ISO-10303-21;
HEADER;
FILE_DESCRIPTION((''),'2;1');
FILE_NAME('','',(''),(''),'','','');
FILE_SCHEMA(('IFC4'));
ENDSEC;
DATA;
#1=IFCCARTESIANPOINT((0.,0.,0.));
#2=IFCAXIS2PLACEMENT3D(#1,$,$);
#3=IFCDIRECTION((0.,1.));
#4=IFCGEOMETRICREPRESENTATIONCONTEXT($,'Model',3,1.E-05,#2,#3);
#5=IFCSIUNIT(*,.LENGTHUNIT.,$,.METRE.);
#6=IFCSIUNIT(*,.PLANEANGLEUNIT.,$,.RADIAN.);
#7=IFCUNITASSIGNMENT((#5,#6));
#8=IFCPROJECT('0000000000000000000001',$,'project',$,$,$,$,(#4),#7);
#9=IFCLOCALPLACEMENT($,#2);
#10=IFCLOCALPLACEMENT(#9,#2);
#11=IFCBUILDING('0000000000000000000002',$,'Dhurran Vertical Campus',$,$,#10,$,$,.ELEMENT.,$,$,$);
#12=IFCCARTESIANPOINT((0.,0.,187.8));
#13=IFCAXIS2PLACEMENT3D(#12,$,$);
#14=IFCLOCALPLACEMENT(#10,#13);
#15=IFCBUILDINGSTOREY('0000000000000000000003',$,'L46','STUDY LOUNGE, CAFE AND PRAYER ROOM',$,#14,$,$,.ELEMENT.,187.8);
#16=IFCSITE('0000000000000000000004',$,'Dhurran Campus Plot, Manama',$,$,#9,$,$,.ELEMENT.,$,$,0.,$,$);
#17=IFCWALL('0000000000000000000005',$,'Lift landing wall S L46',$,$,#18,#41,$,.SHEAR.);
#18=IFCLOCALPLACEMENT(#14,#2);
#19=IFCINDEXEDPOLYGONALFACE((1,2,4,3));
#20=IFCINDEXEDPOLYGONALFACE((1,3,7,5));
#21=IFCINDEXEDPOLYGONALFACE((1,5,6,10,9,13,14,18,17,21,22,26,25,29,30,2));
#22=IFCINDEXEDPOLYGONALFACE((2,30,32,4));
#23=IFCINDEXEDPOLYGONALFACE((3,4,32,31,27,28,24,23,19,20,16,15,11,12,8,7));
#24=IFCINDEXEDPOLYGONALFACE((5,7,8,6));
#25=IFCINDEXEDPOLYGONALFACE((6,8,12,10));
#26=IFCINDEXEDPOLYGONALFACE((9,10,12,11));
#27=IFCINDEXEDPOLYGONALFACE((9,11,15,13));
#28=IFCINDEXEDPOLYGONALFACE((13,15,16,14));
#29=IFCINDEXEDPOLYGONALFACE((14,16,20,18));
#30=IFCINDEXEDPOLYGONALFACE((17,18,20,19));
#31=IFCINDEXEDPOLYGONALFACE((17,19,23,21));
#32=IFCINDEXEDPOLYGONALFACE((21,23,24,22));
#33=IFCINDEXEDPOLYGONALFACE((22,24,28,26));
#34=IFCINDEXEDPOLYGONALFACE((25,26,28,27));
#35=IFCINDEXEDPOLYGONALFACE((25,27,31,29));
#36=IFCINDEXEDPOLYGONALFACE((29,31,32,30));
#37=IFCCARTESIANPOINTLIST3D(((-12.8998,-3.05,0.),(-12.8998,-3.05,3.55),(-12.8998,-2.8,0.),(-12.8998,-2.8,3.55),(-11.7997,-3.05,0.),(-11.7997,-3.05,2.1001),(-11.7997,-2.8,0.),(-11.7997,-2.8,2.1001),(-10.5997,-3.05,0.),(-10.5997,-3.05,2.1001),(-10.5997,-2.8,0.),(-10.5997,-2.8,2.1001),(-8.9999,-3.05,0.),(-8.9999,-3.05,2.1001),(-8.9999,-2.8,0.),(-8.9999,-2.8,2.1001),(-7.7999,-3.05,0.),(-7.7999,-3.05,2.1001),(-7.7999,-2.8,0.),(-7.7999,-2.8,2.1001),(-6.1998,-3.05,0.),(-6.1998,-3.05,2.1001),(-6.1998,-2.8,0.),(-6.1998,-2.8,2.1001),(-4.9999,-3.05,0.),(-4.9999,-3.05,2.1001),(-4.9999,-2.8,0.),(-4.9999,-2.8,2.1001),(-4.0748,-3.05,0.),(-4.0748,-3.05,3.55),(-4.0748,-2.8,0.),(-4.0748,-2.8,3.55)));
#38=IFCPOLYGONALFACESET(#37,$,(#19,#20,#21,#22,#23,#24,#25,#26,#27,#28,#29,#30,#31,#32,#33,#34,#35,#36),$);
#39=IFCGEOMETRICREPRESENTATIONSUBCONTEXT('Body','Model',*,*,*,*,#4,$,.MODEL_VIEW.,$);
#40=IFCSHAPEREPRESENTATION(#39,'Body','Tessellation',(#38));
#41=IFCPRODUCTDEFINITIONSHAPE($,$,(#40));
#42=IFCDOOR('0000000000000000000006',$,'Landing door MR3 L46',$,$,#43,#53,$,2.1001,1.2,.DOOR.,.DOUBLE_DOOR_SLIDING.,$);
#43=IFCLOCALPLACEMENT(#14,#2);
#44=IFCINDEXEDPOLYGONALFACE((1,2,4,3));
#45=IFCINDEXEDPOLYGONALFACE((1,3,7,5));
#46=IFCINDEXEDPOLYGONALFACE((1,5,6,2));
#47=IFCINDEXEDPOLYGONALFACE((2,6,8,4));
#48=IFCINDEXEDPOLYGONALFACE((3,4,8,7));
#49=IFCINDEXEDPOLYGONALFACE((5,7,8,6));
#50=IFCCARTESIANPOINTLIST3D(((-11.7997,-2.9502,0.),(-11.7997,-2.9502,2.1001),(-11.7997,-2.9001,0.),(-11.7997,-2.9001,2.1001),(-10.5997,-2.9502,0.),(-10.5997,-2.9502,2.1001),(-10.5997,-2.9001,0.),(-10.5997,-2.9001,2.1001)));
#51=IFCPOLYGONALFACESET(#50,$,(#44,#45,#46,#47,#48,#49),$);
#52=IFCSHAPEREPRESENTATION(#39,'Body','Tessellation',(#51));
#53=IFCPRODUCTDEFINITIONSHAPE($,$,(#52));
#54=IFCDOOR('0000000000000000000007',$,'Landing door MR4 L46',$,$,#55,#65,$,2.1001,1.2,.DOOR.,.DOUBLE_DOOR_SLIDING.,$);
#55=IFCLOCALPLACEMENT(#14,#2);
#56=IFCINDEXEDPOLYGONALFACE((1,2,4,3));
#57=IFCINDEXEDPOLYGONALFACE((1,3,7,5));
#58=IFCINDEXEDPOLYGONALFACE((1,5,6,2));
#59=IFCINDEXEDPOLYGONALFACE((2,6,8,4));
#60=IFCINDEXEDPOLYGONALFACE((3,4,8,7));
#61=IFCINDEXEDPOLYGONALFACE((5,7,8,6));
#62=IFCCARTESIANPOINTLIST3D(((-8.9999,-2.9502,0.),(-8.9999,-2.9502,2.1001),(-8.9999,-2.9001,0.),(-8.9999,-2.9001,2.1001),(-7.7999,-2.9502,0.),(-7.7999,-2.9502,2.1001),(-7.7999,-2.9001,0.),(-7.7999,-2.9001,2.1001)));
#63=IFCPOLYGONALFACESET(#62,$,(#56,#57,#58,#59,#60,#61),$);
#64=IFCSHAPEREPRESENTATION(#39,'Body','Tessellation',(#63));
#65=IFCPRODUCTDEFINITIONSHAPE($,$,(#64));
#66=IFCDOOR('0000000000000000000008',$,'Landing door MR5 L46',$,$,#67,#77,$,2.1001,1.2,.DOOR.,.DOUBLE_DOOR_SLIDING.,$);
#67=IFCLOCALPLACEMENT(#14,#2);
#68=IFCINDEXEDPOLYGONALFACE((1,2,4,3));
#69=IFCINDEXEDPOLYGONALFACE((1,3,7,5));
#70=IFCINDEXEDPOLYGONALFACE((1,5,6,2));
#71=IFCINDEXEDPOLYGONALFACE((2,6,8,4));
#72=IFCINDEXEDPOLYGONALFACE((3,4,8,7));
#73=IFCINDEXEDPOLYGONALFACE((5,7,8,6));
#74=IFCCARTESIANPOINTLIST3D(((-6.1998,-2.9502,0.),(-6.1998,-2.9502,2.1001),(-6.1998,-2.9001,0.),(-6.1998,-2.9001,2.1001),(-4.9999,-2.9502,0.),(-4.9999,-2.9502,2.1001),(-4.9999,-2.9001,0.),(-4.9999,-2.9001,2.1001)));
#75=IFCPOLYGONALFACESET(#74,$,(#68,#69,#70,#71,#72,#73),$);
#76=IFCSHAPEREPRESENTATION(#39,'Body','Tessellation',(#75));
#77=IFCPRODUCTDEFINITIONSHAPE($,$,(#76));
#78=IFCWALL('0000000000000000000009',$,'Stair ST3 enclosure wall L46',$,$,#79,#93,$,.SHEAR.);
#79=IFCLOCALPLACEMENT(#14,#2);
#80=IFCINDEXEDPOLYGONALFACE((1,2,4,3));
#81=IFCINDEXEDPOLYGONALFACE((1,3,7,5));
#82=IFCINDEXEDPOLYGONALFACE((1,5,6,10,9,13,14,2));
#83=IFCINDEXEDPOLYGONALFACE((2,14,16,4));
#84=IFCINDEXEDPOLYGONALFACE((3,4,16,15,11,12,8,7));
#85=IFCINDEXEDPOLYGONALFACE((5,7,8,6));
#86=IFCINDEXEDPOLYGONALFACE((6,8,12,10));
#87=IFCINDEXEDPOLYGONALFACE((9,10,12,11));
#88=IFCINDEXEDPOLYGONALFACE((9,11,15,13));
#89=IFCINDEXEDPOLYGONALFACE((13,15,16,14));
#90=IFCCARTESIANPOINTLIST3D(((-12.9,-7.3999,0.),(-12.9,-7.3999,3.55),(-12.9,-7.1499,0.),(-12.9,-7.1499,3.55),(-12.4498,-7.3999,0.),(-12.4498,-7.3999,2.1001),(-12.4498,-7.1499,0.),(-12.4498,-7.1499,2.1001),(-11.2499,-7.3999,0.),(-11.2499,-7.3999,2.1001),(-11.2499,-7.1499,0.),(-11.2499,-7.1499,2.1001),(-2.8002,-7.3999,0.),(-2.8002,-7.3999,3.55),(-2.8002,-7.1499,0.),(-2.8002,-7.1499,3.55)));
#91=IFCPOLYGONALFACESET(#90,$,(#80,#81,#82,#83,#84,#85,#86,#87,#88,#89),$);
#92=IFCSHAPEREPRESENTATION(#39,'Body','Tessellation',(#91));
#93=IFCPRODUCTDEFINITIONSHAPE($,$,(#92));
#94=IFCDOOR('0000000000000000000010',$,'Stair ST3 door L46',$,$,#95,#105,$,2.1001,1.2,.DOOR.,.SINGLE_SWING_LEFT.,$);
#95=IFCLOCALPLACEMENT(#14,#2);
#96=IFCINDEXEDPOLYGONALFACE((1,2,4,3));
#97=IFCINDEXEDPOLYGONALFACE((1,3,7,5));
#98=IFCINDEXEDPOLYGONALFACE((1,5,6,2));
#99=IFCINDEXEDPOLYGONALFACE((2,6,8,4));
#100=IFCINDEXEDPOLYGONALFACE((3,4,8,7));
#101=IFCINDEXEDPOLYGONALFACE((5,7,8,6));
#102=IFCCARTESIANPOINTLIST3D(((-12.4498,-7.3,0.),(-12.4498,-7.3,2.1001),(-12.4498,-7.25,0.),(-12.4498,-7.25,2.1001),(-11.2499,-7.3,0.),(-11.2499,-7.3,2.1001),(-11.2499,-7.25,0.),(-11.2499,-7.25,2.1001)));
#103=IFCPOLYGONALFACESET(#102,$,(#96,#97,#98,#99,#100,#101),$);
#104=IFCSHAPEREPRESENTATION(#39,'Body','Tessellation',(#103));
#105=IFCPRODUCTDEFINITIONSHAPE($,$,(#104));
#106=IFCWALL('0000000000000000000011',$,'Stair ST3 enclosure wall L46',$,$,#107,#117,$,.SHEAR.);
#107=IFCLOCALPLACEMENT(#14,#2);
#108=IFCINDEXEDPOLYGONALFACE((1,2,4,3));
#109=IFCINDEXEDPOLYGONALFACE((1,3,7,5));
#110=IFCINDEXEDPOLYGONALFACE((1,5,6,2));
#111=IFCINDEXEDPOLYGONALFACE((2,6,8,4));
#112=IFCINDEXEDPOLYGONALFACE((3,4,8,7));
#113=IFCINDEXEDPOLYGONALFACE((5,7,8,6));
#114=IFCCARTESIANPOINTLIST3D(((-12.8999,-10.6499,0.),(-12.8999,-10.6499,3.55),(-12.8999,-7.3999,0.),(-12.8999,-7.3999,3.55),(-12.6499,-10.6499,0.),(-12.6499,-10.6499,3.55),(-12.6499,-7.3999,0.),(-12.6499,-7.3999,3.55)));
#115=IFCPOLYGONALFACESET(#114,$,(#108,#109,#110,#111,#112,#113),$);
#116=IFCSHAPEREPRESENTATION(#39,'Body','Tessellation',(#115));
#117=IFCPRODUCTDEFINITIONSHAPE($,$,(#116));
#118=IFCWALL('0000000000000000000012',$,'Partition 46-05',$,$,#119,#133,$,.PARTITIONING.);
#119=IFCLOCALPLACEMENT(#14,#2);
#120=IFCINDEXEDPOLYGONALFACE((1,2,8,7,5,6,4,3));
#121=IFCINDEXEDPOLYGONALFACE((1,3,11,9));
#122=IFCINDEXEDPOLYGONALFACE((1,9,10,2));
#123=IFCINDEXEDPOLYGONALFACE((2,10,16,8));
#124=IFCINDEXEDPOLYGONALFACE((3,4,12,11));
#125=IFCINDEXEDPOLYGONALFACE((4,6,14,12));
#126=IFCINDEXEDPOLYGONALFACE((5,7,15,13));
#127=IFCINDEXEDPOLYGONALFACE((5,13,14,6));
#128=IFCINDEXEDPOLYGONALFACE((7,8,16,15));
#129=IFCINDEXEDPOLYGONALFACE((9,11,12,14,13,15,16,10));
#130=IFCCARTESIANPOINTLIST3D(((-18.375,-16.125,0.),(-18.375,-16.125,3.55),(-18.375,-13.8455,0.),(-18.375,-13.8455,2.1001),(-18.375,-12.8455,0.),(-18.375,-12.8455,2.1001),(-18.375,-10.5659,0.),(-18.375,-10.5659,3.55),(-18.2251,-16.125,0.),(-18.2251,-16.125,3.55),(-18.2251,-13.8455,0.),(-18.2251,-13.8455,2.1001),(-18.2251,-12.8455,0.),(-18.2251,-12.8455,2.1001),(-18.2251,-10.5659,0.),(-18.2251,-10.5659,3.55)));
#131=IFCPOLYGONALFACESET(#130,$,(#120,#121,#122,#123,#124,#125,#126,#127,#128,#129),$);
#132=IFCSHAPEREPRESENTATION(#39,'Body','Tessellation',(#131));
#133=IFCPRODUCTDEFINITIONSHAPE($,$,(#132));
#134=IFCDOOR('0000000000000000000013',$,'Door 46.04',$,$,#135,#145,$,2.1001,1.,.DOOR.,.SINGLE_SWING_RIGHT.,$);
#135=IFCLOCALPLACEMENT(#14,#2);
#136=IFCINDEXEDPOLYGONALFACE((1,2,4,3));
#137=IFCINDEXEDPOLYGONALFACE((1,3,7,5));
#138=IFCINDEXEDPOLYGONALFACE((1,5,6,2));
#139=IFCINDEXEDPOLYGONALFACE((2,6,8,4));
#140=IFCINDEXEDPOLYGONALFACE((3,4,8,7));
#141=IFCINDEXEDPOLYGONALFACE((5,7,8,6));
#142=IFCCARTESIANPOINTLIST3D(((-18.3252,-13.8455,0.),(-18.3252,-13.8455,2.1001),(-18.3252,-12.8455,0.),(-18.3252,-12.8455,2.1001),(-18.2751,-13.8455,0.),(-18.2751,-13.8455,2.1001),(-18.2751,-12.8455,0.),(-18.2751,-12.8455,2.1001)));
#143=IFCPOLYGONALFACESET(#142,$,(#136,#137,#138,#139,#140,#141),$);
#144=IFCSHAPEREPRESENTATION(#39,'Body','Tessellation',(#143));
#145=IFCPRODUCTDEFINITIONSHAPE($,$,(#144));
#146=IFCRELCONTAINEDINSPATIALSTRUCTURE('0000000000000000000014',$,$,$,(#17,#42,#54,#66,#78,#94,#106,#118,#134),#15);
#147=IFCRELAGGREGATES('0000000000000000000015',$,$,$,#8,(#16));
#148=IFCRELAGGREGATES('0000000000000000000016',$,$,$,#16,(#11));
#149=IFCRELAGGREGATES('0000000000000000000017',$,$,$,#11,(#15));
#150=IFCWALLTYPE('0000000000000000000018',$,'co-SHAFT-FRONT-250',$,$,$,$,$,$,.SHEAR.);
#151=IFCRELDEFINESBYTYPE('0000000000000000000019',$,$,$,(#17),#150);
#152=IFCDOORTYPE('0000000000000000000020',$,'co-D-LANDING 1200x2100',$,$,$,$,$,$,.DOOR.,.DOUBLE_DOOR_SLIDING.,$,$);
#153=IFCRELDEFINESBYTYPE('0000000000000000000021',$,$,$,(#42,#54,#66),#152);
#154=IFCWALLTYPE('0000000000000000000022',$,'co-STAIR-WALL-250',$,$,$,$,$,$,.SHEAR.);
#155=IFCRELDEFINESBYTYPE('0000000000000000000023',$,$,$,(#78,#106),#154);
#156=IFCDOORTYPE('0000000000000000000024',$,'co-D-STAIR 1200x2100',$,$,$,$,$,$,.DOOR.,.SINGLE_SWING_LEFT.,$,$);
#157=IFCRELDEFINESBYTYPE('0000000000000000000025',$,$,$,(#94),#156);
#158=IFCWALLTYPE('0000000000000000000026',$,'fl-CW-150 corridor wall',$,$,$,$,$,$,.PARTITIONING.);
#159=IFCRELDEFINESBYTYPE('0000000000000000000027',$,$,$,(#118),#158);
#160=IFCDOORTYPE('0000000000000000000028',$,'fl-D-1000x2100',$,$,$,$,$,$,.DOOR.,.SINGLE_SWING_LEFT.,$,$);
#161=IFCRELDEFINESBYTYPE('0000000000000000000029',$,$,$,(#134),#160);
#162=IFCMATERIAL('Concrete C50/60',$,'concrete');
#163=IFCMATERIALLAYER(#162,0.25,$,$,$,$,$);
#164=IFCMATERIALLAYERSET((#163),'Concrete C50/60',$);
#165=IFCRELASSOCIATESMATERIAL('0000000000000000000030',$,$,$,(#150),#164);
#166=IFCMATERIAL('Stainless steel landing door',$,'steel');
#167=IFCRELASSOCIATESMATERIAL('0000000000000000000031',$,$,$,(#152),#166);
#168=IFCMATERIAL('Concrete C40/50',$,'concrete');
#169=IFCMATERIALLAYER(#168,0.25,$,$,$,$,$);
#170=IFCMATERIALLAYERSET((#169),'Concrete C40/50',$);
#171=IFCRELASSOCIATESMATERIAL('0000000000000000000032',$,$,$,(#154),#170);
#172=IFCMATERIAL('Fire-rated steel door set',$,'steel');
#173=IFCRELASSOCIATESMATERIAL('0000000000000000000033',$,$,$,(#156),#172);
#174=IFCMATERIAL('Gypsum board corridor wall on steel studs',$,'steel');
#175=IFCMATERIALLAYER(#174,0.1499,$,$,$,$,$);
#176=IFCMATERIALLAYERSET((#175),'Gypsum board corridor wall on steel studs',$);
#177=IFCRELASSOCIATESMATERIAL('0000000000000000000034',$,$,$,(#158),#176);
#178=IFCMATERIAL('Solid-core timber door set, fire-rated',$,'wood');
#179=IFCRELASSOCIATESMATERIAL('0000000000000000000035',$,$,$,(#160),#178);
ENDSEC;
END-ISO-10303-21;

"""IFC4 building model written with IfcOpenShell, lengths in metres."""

from ifc_helpers import new_model, si_unit, direction, frame, frame_2d, origin, place, context, subcontext, project, spatial, rectangle, extrude, material, layer, layer_set, type_object, element, fill, save


model = new_model("IFC4")

# Units and contexts
model_context = context("Model", 3, precision=1e-05, world=origin(), true_north=direction((0.0, 1.0)))
body_context = subcontext(model_context, "Body", "Model", "MODEL_VIEW")
ifc_project = project(units=[si_unit("LENGTHUNIT", "METRE"), si_unit("PLANEANGLEUNIT", "RADIAN")], contexts=[model_context])

# Site, building, storey
site_placement = place(None, origin())
site = spatial("IfcSite", under=ifc_project, at=site_placement, Name="Dhurran Campus Plot, Manama", CompositionType="ELEMENT", RefElevation=0.0)
building_placement = place(site_placement, origin())
building = spatial("IfcBuilding", under=site, at=building_placement, Name="Dhurran Vertical Campus", CompositionType="ELEMENT")
storey_placement = place(building_placement, frame((0.0, 0.0, 187.8)))
storey = spatial("IfcBuildingStorey", under=building, at=storey_placement, Name="L46", Description="STUDY LOUNGE, CAFE AND PRAYER ROOM", CompositionType="ELEMENT", Elevation=187.8)

# Wall, openings, doors
ifc_material_1 = material(Name="Concrete C50/60", Category="concrete")
ifc_layer_1 = layer(ifc_material_1, 0.25)
ifc_layer_set_1 = layer_set([ifc_layer_1], Name="Concrete C50/60")
wall_type_1 = type_object("IfcWallType", Name="co-SHAFT-FRONT-250", PredefinedType="SHEAR", material=ifc_layer_set_1)
wall_1_placement = place(storey_placement, frame((-12.8999, -2.925, 0.0), z_axis=(0.0, 0.0, 1.0), x_axis=(1.0, 0.0, 0.0)))
wall_1 = element("IfcWall", 1, at=wall_1_placement, inside=storey, type_object=wall_type_1, Name="Lift landing wall S L46", PredefinedType="SHEAR", context=body_context, shape_type="SweptSolid", body=[
    extrude(rectangle(XDim=8.825, YDim=0.25, at=frame_2d((4.4126, 0.0))), origin(), (0.0, 0.0, 1.0), 3.55),
])
opening_1_placement = place(wall_1_placement, frame((1.1001, 0.0, 0.0)))
opening_1 = element("IfcOpeningElement", 2, at=opening_1_placement, cuts=wall_1, PredefinedType="OPENING", context=body_context, shape_type="SweptSolid", body=[
    extrude(rectangle(XDim=1.2, YDim=2.1001, at=frame_2d((0.6001, 1.05))), frame((0.0, 0.135, 0.0), z_axis=(0.0, -1.0, 0.0), x_axis=(1.0, 0.0, 0.0)), (0.0, 0.0, 1.0), 0.27),
])
opening_2_placement = place(wall_1_placement, frame((3.8999, 0.0, 0.0)))
opening_2 = element("IfcOpeningElement", 3, at=opening_2_placement, cuts=wall_1, PredefinedType="OPENING", context=body_context, shape_type="SweptSolid", body=[
    extrude(rectangle(XDim=1.2, YDim=2.1001, at=frame_2d((0.6001, 1.05))), frame((0.0, 0.135, 0.0), z_axis=(0.0, -1.0, 0.0), x_axis=(1.0, 0.0, 0.0)), (0.0, 0.0, 1.0), 0.27),
])
opening_3_placement = place(wall_1_placement, frame((6.7, 0.0, 0.0)))
opening_3 = element("IfcOpeningElement", 4, at=opening_3_placement, cuts=wall_1, PredefinedType="OPENING", context=body_context, shape_type="SweptSolid", body=[
    extrude(rectangle(XDim=1.2, YDim=2.1001, at=frame_2d((0.6001, 1.05))), frame((0.0, 0.135, 0.0), z_axis=(0.0, -1.0, 0.0), x_axis=(1.0, 0.0, 0.0)), (0.0, 0.0, 1.0), 0.27),
])
ifc_material_2 = material(Name="Stainless steel landing door", Category="steel")
door_type_1 = type_object("IfcDoorType", Name="co-D-LANDING 1200x2100", OperationType="DOUBLE_DOOR_SLIDING", PredefinedType="DOOR", material=ifc_material_2)
door_1_placement = place(opening_1_placement, origin())
door_1 = element("IfcDoor", 5, at=door_1_placement, inside=storey, type_object=door_type_1, Name="Landing door MR3 L46", OperationType="DOUBLE_DOOR_SLIDING", OverallHeight=2.1001, OverallWidth=1.2, PredefinedType="DOOR", context=body_context, shape_type="SweptSolid", body=[
    extrude(rectangle(XDim=1.2, YDim=2.1001, at=frame_2d((0.6001, 1.05))), frame((0.0, 0.0249, 0.0), z_axis=(0.0, -1.0, 0.0), x_axis=(1.0, 0.0, 0.0)), (0.0, 0.0, 1.0), 0.05),
])
fill(opening_1, door_1)
door_2_placement = place(opening_2_placement, origin())
door_2 = element("IfcDoor", 6, at=door_2_placement, inside=storey, type_object=door_type_1, Name="Landing door MR4 L46", OperationType="DOUBLE_DOOR_SLIDING", OverallHeight=2.1001, OverallWidth=1.2, PredefinedType="DOOR", context=body_context, shape_type="SweptSolid", body=[
    extrude(rectangle(XDim=1.2, YDim=2.1001, at=frame_2d((0.6001, 1.05))), frame((0.0, 0.0249, 0.0), z_axis=(0.0, -1.0, 0.0), x_axis=(1.0, 0.0, 0.0)), (0.0, 0.0, 1.0), 0.05),
])
fill(opening_2, door_2)
door_3_placement = place(opening_3_placement, origin())
door_3 = element("IfcDoor", 7, at=door_3_placement, inside=storey, type_object=door_type_1, Name="Landing door MR5 L46", OperationType="DOUBLE_DOOR_SLIDING", OverallHeight=2.1001, OverallWidth=1.2, PredefinedType="DOOR", context=body_context, shape_type="SweptSolid", body=[
    extrude(rectangle(XDim=1.2, YDim=2.1001, at=frame_2d((0.6001, 1.05))), frame((0.0, 0.0249, 0.0), z_axis=(0.0, -1.0, 0.0), x_axis=(1.0, 0.0, 0.0)), (0.0, 0.0, 1.0), 0.05),
])
fill(opening_3, door_3)

# Wall, opening, door
ifc_material_3 = material(Name="Concrete C40/50", Category="concrete")
ifc_layer_2 = layer(ifc_material_3, 0.25)
ifc_layer_set_2 = layer_set([ifc_layer_2], Name="Concrete C40/50")
wall_type_2 = type_object("IfcWallType", Name="co-STAIR-WALL-250", PredefinedType="SHEAR", material=ifc_layer_set_2)
wall_2_placement = place(storey_placement, frame((-12.8999, -7.2749, 0.0), z_axis=(0.0, 0.0, 1.0), x_axis=(1.0, 0.0, 0.0)))
wall_2 = element("IfcWall", 8, at=wall_2_placement, inside=storey, type_object=wall_type_2, Name="Stair ST3 enclosure wall L46", PredefinedType="SHEAR", context=body_context, shape_type="SweptSolid", body=[
    extrude(rectangle(XDim=10.0999, YDim=0.25, at=frame_2d((5.0498, 0.0))), origin(), (0.0, 0.0, 1.0), 3.55),
])
opening_4_placement = place(wall_2_placement, frame((0.45, 0.0, 0.0)))
opening_4 = element("IfcOpeningElement", 9, at=opening_4_placement, cuts=wall_2, PredefinedType="OPENING", context=body_context, shape_type="SweptSolid", body=[
    extrude(rectangle(XDim=1.2, YDim=2.1001, at=frame_2d((0.6001, 1.05))), frame((0.0, 0.135, 0.0), z_axis=(0.0, -1.0, 0.0), x_axis=(1.0, 0.0, 0.0)), (0.0, 0.0, 1.0), 0.27),
])
ifc_material_4 = material(Name="Fire-rated steel door set", Category="steel")
door_type_2 = type_object("IfcDoorType", Name="co-D-STAIR 1200x2100", OperationType="SINGLE_SWING_LEFT", PredefinedType="DOOR", material=ifc_material_4)
door_4_placement = place(opening_4_placement, origin())
door_4 = element("IfcDoor", 10, at=door_4_placement, inside=storey, type_object=door_type_2, Name="Stair ST3 door L46", OperationType="SINGLE_SWING_LEFT", OverallHeight=2.1001, OverallWidth=1.2, PredefinedType="DOOR", context=body_context, shape_type="SweptSolid", body=[
    extrude(rectangle(XDim=1.2, YDim=2.1001, at=frame_2d((0.6001, 1.05))), frame((0.0, 0.0249, 0.0), z_axis=(0.0, -1.0, 0.0), x_axis=(1.0, 0.0, 0.0)), (0.0, 0.0, 1.0), 0.05),
])
fill(opening_4, door_4)

# Wall
wall_3_placement = place(storey_placement, frame((-12.7749, -10.6499, 0.0), z_axis=(0.0, 0.0, 1.0), x_axis=(0.0, 1.0, 0.0)))
element("IfcWall", 11, at=wall_3_placement, inside=storey, type_object=wall_type_2, Name="Stair ST3 enclosure wall L46", PredefinedType="SHEAR", context=body_context, shape_type="SweptSolid", body=[
    extrude(rectangle(XDim=3.25, YDim=0.25, at=frame_2d((1.625, 0.0))), origin(), (0.0, 0.0, 1.0), 3.55),
])

# Wall, opening, door
ifc_material_5 = material(Name="Gypsum board corridor wall on steel studs", Category="steel")
ifc_layer_3 = layer(ifc_material_5, 0.1499)
ifc_layer_set_3 = layer_set([ifc_layer_3], Name="Gypsum board corridor wall on steel studs")
wall_type_3 = type_object("IfcWallType", Name="fl-CW-150 corridor wall", PredefinedType="PARTITIONING", material=ifc_layer_set_3)
wall_4_placement = place(storey_placement, frame((-18.3, -10.5659, 0.0), z_axis=(0.0, 0.0, 1.0), x_axis=(0.0, -1.0, 0.0)))
wall_4 = element("IfcWall", 12, at=wall_4_placement, inside=storey, type_object=wall_type_3, Name="Partition 46-05", PredefinedType="PARTITIONING", context=body_context, shape_type="SweptSolid", body=[
    extrude(rectangle(XDim=5.5591, YDim=0.1499, at=frame_2d((2.7795, 0.0))), origin(), (0.0, 0.0, 1.0), 3.55),
])
opening_5_placement = place(wall_4_placement, frame((2.2795, 0.0, 0.0)))
opening_5 = element("IfcOpeningElement", 13, at=opening_5_placement, cuts=wall_4, PredefinedType="OPENING", context=body_context, shape_type="SweptSolid", body=[
    extrude(rectangle(XDim=1.0, YDim=2.1001, at=frame_2d((0.5, 1.05))), frame((0.0, 0.085, 0.0), z_axis=(0.0, -1.0, 0.0), x_axis=(1.0, 0.0, 0.0)), (0.0, 0.0, 1.0), 0.1699),
])
ifc_material_6 = material(Name="Solid-core timber door set, fire-rated", Category="wood")
door_type_3 = type_object("IfcDoorType", Name="fl-D-1000x2100", OperationType="SINGLE_SWING_LEFT", PredefinedType="DOOR", material=ifc_material_6)
door_5_placement = place(opening_5_placement, origin())
door_5 = element("IfcDoor", 14, at=door_5_placement, inside=storey, type_object=door_type_3, Name="Door 46.04", OperationType="SINGLE_SWING_RIGHT", OverallHeight=2.1001, OverallWidth=1.0, PredefinedType="DOOR", context=body_context, shape_type="SweptSolid", body=[
    extrude(rectangle(XDim=1.0, YDim=2.1001, at=frame_2d((0.5, 1.05))), frame((0.0, 0.0249, 0.0), z_axis=(0.0, -1.0, 0.0), x_axis=(1.0, 0.0, 0.0)), (0.0, 0.0, 1.0), 0.05),
])
fill(opening_5, door_5)

save(model, "model.ifc")
